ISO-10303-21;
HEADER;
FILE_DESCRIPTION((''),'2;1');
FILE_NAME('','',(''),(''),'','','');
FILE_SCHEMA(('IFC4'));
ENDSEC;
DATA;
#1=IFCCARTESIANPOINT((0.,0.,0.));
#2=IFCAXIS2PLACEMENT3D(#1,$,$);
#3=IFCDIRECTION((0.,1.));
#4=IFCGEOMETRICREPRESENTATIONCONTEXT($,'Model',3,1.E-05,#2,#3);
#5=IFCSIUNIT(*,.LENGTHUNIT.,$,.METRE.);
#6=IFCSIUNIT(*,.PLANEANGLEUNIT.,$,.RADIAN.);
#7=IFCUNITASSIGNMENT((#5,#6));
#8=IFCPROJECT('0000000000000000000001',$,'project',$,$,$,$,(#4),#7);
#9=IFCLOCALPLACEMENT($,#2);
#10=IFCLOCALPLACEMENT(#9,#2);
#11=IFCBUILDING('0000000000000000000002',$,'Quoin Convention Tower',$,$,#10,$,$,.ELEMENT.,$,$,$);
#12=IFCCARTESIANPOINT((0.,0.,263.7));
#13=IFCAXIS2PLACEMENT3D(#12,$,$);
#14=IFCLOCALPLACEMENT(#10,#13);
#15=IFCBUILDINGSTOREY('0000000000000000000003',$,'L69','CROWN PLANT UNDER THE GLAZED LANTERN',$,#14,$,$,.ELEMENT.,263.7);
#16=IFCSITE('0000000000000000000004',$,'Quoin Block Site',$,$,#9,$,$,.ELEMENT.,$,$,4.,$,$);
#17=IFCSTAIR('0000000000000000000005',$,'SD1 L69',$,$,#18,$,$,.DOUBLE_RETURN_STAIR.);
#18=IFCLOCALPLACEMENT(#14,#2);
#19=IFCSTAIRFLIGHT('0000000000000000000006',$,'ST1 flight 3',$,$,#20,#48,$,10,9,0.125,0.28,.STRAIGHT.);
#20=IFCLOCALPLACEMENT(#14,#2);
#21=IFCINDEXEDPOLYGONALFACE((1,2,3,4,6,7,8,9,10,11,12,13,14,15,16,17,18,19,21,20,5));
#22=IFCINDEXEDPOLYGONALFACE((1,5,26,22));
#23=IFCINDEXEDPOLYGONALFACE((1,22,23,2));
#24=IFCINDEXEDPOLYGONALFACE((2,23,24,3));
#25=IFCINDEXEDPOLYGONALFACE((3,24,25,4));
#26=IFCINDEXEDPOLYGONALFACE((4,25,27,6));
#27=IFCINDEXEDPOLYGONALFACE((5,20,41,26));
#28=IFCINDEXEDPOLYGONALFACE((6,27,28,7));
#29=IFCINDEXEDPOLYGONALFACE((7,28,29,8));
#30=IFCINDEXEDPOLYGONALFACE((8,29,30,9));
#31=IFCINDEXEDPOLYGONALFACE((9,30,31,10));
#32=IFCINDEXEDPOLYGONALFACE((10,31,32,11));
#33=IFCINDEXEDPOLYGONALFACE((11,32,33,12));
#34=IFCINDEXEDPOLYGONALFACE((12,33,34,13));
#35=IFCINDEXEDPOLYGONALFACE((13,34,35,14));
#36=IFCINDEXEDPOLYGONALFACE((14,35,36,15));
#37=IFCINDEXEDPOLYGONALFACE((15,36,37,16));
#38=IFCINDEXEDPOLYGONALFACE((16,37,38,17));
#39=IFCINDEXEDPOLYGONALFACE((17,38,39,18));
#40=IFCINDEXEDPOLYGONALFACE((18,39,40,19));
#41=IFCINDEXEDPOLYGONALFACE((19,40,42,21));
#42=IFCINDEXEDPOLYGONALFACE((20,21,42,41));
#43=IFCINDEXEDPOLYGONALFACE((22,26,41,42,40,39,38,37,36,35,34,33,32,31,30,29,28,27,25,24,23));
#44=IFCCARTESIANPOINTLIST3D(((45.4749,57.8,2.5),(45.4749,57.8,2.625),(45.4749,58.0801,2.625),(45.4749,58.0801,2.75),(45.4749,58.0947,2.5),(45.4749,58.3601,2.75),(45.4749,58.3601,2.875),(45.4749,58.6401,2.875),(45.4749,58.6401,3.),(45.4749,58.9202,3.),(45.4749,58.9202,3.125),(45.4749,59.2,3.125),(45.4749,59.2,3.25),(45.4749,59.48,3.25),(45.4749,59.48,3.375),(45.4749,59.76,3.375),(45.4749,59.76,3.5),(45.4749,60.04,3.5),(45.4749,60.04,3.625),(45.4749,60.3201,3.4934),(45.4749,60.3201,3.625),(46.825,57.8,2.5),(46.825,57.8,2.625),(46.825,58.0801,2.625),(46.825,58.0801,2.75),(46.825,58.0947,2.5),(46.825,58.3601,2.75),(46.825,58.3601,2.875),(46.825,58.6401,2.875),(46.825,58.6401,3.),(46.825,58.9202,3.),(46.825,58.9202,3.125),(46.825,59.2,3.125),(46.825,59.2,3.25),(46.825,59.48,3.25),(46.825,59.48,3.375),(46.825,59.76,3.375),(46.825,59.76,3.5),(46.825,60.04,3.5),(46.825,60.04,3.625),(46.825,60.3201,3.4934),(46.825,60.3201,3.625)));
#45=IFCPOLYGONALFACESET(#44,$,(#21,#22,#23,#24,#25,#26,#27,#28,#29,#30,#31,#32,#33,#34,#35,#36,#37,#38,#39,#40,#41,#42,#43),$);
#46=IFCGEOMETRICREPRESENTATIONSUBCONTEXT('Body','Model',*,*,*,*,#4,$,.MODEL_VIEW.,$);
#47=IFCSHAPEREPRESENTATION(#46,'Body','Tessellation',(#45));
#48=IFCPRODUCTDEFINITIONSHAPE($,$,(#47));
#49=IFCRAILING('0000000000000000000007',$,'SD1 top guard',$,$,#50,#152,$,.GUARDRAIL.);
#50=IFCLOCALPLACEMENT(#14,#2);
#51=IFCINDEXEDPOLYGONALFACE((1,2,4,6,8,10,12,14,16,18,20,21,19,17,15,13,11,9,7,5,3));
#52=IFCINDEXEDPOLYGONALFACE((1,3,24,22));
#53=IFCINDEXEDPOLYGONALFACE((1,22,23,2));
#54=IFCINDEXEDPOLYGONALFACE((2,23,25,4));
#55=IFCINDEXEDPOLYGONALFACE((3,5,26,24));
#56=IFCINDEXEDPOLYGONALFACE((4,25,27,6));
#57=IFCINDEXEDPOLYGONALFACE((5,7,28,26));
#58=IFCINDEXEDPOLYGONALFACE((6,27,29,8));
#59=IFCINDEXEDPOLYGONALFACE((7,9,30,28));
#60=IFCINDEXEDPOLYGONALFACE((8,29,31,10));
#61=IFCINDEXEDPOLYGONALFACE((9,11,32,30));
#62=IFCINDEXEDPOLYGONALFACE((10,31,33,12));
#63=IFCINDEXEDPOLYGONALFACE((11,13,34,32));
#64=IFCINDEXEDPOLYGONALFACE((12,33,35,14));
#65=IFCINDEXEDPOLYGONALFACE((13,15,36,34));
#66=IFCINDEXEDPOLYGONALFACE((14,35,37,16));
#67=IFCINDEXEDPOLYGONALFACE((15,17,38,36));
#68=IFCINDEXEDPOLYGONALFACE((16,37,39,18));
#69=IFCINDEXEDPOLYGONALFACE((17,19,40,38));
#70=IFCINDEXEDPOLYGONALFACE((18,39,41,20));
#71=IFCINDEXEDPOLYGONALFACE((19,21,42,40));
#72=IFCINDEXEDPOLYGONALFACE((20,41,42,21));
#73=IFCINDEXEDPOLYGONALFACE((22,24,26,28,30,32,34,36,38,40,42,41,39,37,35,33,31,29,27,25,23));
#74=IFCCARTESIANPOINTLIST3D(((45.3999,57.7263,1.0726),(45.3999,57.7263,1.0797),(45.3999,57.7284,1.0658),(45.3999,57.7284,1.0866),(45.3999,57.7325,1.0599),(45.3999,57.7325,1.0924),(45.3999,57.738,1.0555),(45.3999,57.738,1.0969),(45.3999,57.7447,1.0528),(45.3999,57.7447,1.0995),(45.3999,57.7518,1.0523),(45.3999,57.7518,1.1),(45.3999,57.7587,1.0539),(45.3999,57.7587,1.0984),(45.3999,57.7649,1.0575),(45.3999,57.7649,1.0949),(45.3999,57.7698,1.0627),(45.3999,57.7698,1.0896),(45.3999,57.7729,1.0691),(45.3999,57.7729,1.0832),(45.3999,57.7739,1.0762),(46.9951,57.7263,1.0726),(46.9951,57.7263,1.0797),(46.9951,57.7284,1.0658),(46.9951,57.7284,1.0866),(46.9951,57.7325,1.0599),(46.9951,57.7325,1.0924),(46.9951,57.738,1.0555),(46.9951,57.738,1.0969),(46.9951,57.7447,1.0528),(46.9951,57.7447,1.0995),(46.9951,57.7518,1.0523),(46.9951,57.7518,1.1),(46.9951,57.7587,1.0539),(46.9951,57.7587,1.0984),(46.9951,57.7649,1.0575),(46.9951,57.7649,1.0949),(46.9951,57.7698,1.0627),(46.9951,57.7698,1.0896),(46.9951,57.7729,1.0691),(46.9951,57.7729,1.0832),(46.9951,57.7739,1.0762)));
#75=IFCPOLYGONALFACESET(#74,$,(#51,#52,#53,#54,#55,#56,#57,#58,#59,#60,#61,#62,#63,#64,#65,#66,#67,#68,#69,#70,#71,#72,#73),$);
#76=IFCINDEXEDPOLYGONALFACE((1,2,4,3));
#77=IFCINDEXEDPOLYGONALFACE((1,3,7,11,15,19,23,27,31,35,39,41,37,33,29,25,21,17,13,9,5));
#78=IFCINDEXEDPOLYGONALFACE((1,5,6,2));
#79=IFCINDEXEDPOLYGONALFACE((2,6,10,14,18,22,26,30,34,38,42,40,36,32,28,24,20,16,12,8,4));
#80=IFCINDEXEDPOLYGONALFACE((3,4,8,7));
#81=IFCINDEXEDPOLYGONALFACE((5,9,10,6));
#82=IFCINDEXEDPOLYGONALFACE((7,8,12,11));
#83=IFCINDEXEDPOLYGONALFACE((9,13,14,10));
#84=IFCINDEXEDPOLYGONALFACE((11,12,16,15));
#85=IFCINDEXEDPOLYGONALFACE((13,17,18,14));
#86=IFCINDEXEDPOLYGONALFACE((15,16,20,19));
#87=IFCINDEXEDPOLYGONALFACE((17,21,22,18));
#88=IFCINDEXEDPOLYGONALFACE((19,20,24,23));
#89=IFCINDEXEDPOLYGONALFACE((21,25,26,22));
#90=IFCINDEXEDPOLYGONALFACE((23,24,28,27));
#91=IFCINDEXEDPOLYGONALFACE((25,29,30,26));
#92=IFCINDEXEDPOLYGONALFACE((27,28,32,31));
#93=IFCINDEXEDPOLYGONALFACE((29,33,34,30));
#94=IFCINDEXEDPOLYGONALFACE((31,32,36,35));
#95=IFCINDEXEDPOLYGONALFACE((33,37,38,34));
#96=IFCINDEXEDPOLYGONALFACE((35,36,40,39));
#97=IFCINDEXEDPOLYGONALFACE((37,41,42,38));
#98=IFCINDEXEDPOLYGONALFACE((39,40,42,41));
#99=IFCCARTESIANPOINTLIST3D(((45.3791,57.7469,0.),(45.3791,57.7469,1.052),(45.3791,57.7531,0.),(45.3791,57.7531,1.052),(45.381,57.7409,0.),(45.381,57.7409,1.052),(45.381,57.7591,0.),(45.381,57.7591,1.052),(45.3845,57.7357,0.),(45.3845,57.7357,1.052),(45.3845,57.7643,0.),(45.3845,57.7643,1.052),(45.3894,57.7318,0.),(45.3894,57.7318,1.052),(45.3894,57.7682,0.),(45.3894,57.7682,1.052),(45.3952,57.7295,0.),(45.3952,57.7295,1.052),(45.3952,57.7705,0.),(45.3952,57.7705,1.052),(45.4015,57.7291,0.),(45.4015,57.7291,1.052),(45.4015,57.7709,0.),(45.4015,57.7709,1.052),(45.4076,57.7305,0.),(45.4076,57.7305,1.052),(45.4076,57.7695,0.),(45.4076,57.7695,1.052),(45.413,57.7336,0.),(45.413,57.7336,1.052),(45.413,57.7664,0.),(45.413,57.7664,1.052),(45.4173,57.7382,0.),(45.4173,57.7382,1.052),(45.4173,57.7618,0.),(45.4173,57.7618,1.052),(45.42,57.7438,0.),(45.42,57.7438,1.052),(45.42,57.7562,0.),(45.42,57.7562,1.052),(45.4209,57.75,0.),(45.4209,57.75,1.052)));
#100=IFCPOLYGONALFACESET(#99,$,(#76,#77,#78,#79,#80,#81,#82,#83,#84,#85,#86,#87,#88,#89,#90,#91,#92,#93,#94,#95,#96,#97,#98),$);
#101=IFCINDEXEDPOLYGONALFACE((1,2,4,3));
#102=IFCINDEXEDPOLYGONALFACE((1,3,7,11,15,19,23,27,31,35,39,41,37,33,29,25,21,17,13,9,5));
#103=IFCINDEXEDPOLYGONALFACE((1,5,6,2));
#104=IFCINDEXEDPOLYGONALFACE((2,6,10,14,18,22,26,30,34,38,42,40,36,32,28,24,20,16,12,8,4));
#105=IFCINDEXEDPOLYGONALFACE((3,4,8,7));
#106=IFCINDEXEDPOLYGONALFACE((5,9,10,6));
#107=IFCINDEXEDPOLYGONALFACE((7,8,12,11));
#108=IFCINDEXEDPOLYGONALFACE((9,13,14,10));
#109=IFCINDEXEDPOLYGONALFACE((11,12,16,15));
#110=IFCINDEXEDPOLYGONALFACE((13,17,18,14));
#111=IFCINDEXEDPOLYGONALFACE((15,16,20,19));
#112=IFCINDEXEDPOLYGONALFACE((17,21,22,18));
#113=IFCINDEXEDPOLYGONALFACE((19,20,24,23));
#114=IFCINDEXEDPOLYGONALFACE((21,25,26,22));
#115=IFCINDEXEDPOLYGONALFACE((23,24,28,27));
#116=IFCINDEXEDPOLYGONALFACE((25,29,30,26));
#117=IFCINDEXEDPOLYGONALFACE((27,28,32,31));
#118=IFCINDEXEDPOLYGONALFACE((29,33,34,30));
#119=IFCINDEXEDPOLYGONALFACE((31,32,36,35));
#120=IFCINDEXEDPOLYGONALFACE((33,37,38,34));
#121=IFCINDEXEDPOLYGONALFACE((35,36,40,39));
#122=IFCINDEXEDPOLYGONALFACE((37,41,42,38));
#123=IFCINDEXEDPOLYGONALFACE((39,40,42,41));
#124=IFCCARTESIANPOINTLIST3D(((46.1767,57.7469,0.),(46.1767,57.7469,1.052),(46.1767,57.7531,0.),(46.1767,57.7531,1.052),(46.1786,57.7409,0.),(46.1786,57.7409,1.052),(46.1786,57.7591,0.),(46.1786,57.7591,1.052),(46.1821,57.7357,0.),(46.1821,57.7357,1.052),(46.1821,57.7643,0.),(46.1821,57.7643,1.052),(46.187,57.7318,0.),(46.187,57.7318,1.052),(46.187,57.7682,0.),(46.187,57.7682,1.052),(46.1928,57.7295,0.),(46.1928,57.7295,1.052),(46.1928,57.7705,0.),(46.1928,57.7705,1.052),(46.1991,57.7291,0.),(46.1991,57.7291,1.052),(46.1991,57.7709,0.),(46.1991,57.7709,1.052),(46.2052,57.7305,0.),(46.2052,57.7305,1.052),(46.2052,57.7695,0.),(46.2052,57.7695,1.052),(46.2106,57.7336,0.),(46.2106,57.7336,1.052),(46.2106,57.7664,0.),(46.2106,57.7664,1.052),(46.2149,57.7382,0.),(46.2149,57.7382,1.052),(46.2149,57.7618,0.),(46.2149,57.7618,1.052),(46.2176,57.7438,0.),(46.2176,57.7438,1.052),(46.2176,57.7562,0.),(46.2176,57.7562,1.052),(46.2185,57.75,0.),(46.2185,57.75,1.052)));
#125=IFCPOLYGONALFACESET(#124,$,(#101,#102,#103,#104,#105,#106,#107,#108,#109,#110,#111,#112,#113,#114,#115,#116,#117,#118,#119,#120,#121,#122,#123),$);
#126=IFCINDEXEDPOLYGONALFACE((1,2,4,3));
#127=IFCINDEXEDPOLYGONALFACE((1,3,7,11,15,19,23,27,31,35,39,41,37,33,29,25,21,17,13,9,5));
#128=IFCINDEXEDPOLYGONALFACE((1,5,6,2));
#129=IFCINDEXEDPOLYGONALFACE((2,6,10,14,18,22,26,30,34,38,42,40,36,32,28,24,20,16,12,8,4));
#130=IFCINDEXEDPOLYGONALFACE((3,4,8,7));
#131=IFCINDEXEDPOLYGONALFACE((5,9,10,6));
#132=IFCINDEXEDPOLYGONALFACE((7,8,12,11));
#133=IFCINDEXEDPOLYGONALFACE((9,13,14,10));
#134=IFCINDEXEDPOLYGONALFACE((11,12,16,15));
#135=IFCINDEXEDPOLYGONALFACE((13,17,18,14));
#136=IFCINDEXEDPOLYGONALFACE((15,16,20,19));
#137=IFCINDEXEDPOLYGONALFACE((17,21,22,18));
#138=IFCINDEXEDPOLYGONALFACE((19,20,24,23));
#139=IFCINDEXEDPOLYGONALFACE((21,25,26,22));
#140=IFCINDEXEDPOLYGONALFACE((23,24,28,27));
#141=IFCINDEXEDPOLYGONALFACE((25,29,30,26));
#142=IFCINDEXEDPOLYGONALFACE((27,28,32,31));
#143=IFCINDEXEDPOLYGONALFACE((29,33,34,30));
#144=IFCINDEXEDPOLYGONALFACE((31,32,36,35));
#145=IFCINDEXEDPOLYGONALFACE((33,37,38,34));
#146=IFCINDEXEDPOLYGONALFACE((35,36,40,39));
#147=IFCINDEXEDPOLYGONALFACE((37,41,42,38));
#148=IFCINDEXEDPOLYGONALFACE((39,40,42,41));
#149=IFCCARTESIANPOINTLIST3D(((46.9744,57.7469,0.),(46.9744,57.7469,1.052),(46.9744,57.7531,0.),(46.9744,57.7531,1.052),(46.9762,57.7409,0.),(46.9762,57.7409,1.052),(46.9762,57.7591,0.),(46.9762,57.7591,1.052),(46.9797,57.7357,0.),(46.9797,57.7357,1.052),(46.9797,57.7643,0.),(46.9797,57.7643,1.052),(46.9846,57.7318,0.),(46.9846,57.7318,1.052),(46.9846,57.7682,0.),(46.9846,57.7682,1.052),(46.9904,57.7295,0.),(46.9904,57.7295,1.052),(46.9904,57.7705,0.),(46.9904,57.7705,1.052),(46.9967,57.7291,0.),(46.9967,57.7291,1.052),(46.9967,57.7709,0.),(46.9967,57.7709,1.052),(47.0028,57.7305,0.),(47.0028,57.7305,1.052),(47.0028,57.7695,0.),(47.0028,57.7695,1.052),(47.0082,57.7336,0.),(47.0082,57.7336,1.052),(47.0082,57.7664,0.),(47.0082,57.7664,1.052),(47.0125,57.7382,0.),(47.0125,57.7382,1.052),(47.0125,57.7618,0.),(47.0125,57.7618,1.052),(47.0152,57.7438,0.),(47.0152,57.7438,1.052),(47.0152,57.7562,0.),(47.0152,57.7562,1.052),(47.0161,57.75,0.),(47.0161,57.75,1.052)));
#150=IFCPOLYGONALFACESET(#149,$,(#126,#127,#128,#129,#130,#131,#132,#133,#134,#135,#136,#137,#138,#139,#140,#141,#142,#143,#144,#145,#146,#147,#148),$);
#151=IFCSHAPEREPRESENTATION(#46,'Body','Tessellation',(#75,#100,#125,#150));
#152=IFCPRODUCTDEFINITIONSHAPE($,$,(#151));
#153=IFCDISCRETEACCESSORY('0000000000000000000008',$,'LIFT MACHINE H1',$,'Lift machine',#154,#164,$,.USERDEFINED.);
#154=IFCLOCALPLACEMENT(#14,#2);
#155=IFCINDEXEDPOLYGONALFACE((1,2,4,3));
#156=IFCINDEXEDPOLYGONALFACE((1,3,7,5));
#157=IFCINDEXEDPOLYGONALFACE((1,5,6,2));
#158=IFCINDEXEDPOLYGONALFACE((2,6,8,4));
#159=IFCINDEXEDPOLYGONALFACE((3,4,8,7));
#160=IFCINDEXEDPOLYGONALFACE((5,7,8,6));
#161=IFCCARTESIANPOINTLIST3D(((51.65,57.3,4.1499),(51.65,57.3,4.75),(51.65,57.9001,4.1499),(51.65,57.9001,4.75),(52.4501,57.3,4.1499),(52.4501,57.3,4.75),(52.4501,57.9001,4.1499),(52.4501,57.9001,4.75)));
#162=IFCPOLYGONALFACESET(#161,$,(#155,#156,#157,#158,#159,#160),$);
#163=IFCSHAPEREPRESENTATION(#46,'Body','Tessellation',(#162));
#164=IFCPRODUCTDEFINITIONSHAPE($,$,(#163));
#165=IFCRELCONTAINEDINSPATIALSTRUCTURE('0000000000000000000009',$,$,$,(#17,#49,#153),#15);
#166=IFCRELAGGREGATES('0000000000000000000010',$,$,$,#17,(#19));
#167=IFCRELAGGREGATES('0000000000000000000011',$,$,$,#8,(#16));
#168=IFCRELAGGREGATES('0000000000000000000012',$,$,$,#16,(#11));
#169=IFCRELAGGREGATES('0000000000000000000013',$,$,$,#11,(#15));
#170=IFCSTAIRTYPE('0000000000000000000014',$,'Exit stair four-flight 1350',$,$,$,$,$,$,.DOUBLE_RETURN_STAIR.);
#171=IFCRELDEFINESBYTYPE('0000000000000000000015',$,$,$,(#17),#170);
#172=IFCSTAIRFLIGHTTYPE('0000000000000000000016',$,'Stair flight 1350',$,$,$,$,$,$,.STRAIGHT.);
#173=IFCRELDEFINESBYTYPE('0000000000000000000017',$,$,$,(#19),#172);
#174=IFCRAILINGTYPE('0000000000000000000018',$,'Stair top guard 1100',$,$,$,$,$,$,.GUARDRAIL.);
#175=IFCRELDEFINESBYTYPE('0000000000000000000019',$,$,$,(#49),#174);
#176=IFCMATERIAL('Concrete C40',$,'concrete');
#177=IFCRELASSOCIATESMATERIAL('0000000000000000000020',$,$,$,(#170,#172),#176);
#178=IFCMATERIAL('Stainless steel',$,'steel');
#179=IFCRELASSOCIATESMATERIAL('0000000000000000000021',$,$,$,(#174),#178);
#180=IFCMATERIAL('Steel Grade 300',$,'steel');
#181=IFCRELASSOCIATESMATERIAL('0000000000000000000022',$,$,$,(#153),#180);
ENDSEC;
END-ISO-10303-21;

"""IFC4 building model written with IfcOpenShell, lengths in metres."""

from ifc_helpers import new_model, si_unit, direction, frame, origin, origin_2d, place, context, subcontext, project, spatial, polyline, rectangle, circle, outline, extrude, material, type_object, element, aggregate, save


model = new_model("IFC4")

# Units and contexts
model_context = context("Model", 3, precision=1e-05, world=origin(), true_north=direction((0.0, 1.0)))
body_context = subcontext(model_context, "Body", "Model", "MODEL_VIEW")
ifc_project = project(units=[si_unit("LENGTHUNIT", "METRE"), si_unit("PLANEANGLEUNIT", "RADIAN")], contexts=[model_context])

# Site, building, storey
site_placement = place(None, origin())
site = spatial("IfcSite", under=ifc_project, at=site_placement, Name="Quoin Block Site", CompositionType="ELEMENT", RefElevation=4.0)
building_placement = place(site_placement, origin())
building = spatial("IfcBuilding", under=site, at=building_placement, Name="Quoin Convention Tower", CompositionType="ELEMENT")
storey_placement = place(building_placement, frame((0.0, 0.0, 263.7)))
storey = spatial("IfcBuildingStorey", under=building, at=storey_placement, Name="L69", Description="CROWN PLANT UNDER THE GLAZED LANTERN", CompositionType="ELEMENT", Elevation=263.7)

# Stair, stair flight
ifc_material_1 = material(Name="Concrete C40", Category="concrete")
stair_type = type_object("IfcStairType", Name="Exit stair four-flight 1350", PredefinedType="DOUBLE_RETURN_STAIR", material=ifc_material_1)
stair_placement = place(storey_placement, origin())
stair = element("IfcStair", 1, at=stair_placement, inside=storey, type_object=stair_type, Name="SD1 L69", PredefinedType="DOUBLE_RETURN_STAIR")
stair_flight_type = type_object("IfcStairFlightType", Name="Stair flight 1350", PredefinedType="STRAIGHT", material=ifc_material_1)
stair_flight_1_placement = place(storey_placement, frame((46.1499, 57.8, 2.5), z_axis=(0.0, 0.0, 1.0), x_axis=(0.0, 1.0, 0.0)))
stair_flight_1 = element("IfcStairFlight", 2, at=stair_flight_1_placement, type_object=stair_flight_type, Name="ST1 flight 3", NumberOfRisers=10, NumberOfTreads=9, PredefinedType="STRAIGHT", RiserHeight=0.125, TreadLength=0.28, context=body_context, shape_type="SweptSolid", body=[
    extrude(outline(polyline([(0.0, 0.0), (0.0, 0.125), (0.28, 0.125), (0.28, 0.25), (0.5601, 0.25), (0.5601, 0.375), (0.8401, 0.375), (0.8401, 0.5), (1.1201, 0.5), (1.1201, 0.625), (1.3999, 0.625), (1.3999, 0.75), (1.6799, 0.75), (1.6799, 0.875), (1.96, 0.875), (1.96, 1.0), (2.24, 1.0), (2.24, 1.125), (2.52, 1.125), (2.52, 1.25), (2.52, 0.9934), (0.2947, 0.0), (0.0, 0.0)])), frame((0.0, 0.675, 0.0), z_axis=(0.0, -1.0, 0.0), x_axis=(1.0, 0.0, 0.0)), (0.0, 0.0, 1.0), 1.3501),
])
aggregate(stair, [stair_flight_1])

# Railing
ifc_material_2 = material(Name="Stainless steel", Category="steel")
railing_type_1 = type_object("IfcRailingType", Name="Stair top guard 1100", PredefinedType="GUARDRAIL", material=ifc_material_2)
railing_1_placement = place(storey_placement, frame((45.3999, 57.75, 0.0)))
element("IfcRailing", 3, at=railing_1_placement, inside=storey, type_object=railing_type_1, Name="SD1 top guard", PredefinedType="GUARDRAIL", context=body_context, shape_type="SweptSolid", body=[
    extrude(circle(Radius=0.0239, at=origin_2d()), frame((0.0, 0.0, 1.0762), z_axis=(1.0, 0.0, 0.0), x_axis=(0.0, 1.0, 0.0)), (0.0, 0.0, 1.0), 1.5952),
    extrude(circle(Radius=0.021, at=origin_2d()), origin(), (0.0, 0.0, 1.0), 1.052),
    extrude(circle(Radius=0.021, at=origin_2d()), frame((0.7976, 0.0, 0.0)), (0.0, 0.0, 1.0), 1.052),
    extrude(circle(Radius=0.021, at=origin_2d()), frame((1.5952, 0.0, 0.0)), (0.0, 0.0, 1.0), 1.052),
])

# Discrete accessory
ifc_material_3 = material(Name="Steel Grade 300", Category="steel")
discrete_accessory_placement = place(storey_placement, frame((52.05, 57.6001, 4.1499), z_axis=(0.0, 0.0, 1.0), x_axis=(1.0, 0.0, 0.0)))
element("IfcDiscreteAccessory", 4, at=discrete_accessory_placement, inside=storey, material=ifc_material_3, Name="LIFT MACHINE H1", ObjectType="Lift machine", PredefinedType="USERDEFINED", context=body_context, shape_type="SweptSolid", body=[
    extrude(rectangle(XDim=0.8, YDim=0.6001, at=origin_2d()), origin(), (0.0, 0.0, 1.0), 0.6001),
])

save(model, "model.ifc")
